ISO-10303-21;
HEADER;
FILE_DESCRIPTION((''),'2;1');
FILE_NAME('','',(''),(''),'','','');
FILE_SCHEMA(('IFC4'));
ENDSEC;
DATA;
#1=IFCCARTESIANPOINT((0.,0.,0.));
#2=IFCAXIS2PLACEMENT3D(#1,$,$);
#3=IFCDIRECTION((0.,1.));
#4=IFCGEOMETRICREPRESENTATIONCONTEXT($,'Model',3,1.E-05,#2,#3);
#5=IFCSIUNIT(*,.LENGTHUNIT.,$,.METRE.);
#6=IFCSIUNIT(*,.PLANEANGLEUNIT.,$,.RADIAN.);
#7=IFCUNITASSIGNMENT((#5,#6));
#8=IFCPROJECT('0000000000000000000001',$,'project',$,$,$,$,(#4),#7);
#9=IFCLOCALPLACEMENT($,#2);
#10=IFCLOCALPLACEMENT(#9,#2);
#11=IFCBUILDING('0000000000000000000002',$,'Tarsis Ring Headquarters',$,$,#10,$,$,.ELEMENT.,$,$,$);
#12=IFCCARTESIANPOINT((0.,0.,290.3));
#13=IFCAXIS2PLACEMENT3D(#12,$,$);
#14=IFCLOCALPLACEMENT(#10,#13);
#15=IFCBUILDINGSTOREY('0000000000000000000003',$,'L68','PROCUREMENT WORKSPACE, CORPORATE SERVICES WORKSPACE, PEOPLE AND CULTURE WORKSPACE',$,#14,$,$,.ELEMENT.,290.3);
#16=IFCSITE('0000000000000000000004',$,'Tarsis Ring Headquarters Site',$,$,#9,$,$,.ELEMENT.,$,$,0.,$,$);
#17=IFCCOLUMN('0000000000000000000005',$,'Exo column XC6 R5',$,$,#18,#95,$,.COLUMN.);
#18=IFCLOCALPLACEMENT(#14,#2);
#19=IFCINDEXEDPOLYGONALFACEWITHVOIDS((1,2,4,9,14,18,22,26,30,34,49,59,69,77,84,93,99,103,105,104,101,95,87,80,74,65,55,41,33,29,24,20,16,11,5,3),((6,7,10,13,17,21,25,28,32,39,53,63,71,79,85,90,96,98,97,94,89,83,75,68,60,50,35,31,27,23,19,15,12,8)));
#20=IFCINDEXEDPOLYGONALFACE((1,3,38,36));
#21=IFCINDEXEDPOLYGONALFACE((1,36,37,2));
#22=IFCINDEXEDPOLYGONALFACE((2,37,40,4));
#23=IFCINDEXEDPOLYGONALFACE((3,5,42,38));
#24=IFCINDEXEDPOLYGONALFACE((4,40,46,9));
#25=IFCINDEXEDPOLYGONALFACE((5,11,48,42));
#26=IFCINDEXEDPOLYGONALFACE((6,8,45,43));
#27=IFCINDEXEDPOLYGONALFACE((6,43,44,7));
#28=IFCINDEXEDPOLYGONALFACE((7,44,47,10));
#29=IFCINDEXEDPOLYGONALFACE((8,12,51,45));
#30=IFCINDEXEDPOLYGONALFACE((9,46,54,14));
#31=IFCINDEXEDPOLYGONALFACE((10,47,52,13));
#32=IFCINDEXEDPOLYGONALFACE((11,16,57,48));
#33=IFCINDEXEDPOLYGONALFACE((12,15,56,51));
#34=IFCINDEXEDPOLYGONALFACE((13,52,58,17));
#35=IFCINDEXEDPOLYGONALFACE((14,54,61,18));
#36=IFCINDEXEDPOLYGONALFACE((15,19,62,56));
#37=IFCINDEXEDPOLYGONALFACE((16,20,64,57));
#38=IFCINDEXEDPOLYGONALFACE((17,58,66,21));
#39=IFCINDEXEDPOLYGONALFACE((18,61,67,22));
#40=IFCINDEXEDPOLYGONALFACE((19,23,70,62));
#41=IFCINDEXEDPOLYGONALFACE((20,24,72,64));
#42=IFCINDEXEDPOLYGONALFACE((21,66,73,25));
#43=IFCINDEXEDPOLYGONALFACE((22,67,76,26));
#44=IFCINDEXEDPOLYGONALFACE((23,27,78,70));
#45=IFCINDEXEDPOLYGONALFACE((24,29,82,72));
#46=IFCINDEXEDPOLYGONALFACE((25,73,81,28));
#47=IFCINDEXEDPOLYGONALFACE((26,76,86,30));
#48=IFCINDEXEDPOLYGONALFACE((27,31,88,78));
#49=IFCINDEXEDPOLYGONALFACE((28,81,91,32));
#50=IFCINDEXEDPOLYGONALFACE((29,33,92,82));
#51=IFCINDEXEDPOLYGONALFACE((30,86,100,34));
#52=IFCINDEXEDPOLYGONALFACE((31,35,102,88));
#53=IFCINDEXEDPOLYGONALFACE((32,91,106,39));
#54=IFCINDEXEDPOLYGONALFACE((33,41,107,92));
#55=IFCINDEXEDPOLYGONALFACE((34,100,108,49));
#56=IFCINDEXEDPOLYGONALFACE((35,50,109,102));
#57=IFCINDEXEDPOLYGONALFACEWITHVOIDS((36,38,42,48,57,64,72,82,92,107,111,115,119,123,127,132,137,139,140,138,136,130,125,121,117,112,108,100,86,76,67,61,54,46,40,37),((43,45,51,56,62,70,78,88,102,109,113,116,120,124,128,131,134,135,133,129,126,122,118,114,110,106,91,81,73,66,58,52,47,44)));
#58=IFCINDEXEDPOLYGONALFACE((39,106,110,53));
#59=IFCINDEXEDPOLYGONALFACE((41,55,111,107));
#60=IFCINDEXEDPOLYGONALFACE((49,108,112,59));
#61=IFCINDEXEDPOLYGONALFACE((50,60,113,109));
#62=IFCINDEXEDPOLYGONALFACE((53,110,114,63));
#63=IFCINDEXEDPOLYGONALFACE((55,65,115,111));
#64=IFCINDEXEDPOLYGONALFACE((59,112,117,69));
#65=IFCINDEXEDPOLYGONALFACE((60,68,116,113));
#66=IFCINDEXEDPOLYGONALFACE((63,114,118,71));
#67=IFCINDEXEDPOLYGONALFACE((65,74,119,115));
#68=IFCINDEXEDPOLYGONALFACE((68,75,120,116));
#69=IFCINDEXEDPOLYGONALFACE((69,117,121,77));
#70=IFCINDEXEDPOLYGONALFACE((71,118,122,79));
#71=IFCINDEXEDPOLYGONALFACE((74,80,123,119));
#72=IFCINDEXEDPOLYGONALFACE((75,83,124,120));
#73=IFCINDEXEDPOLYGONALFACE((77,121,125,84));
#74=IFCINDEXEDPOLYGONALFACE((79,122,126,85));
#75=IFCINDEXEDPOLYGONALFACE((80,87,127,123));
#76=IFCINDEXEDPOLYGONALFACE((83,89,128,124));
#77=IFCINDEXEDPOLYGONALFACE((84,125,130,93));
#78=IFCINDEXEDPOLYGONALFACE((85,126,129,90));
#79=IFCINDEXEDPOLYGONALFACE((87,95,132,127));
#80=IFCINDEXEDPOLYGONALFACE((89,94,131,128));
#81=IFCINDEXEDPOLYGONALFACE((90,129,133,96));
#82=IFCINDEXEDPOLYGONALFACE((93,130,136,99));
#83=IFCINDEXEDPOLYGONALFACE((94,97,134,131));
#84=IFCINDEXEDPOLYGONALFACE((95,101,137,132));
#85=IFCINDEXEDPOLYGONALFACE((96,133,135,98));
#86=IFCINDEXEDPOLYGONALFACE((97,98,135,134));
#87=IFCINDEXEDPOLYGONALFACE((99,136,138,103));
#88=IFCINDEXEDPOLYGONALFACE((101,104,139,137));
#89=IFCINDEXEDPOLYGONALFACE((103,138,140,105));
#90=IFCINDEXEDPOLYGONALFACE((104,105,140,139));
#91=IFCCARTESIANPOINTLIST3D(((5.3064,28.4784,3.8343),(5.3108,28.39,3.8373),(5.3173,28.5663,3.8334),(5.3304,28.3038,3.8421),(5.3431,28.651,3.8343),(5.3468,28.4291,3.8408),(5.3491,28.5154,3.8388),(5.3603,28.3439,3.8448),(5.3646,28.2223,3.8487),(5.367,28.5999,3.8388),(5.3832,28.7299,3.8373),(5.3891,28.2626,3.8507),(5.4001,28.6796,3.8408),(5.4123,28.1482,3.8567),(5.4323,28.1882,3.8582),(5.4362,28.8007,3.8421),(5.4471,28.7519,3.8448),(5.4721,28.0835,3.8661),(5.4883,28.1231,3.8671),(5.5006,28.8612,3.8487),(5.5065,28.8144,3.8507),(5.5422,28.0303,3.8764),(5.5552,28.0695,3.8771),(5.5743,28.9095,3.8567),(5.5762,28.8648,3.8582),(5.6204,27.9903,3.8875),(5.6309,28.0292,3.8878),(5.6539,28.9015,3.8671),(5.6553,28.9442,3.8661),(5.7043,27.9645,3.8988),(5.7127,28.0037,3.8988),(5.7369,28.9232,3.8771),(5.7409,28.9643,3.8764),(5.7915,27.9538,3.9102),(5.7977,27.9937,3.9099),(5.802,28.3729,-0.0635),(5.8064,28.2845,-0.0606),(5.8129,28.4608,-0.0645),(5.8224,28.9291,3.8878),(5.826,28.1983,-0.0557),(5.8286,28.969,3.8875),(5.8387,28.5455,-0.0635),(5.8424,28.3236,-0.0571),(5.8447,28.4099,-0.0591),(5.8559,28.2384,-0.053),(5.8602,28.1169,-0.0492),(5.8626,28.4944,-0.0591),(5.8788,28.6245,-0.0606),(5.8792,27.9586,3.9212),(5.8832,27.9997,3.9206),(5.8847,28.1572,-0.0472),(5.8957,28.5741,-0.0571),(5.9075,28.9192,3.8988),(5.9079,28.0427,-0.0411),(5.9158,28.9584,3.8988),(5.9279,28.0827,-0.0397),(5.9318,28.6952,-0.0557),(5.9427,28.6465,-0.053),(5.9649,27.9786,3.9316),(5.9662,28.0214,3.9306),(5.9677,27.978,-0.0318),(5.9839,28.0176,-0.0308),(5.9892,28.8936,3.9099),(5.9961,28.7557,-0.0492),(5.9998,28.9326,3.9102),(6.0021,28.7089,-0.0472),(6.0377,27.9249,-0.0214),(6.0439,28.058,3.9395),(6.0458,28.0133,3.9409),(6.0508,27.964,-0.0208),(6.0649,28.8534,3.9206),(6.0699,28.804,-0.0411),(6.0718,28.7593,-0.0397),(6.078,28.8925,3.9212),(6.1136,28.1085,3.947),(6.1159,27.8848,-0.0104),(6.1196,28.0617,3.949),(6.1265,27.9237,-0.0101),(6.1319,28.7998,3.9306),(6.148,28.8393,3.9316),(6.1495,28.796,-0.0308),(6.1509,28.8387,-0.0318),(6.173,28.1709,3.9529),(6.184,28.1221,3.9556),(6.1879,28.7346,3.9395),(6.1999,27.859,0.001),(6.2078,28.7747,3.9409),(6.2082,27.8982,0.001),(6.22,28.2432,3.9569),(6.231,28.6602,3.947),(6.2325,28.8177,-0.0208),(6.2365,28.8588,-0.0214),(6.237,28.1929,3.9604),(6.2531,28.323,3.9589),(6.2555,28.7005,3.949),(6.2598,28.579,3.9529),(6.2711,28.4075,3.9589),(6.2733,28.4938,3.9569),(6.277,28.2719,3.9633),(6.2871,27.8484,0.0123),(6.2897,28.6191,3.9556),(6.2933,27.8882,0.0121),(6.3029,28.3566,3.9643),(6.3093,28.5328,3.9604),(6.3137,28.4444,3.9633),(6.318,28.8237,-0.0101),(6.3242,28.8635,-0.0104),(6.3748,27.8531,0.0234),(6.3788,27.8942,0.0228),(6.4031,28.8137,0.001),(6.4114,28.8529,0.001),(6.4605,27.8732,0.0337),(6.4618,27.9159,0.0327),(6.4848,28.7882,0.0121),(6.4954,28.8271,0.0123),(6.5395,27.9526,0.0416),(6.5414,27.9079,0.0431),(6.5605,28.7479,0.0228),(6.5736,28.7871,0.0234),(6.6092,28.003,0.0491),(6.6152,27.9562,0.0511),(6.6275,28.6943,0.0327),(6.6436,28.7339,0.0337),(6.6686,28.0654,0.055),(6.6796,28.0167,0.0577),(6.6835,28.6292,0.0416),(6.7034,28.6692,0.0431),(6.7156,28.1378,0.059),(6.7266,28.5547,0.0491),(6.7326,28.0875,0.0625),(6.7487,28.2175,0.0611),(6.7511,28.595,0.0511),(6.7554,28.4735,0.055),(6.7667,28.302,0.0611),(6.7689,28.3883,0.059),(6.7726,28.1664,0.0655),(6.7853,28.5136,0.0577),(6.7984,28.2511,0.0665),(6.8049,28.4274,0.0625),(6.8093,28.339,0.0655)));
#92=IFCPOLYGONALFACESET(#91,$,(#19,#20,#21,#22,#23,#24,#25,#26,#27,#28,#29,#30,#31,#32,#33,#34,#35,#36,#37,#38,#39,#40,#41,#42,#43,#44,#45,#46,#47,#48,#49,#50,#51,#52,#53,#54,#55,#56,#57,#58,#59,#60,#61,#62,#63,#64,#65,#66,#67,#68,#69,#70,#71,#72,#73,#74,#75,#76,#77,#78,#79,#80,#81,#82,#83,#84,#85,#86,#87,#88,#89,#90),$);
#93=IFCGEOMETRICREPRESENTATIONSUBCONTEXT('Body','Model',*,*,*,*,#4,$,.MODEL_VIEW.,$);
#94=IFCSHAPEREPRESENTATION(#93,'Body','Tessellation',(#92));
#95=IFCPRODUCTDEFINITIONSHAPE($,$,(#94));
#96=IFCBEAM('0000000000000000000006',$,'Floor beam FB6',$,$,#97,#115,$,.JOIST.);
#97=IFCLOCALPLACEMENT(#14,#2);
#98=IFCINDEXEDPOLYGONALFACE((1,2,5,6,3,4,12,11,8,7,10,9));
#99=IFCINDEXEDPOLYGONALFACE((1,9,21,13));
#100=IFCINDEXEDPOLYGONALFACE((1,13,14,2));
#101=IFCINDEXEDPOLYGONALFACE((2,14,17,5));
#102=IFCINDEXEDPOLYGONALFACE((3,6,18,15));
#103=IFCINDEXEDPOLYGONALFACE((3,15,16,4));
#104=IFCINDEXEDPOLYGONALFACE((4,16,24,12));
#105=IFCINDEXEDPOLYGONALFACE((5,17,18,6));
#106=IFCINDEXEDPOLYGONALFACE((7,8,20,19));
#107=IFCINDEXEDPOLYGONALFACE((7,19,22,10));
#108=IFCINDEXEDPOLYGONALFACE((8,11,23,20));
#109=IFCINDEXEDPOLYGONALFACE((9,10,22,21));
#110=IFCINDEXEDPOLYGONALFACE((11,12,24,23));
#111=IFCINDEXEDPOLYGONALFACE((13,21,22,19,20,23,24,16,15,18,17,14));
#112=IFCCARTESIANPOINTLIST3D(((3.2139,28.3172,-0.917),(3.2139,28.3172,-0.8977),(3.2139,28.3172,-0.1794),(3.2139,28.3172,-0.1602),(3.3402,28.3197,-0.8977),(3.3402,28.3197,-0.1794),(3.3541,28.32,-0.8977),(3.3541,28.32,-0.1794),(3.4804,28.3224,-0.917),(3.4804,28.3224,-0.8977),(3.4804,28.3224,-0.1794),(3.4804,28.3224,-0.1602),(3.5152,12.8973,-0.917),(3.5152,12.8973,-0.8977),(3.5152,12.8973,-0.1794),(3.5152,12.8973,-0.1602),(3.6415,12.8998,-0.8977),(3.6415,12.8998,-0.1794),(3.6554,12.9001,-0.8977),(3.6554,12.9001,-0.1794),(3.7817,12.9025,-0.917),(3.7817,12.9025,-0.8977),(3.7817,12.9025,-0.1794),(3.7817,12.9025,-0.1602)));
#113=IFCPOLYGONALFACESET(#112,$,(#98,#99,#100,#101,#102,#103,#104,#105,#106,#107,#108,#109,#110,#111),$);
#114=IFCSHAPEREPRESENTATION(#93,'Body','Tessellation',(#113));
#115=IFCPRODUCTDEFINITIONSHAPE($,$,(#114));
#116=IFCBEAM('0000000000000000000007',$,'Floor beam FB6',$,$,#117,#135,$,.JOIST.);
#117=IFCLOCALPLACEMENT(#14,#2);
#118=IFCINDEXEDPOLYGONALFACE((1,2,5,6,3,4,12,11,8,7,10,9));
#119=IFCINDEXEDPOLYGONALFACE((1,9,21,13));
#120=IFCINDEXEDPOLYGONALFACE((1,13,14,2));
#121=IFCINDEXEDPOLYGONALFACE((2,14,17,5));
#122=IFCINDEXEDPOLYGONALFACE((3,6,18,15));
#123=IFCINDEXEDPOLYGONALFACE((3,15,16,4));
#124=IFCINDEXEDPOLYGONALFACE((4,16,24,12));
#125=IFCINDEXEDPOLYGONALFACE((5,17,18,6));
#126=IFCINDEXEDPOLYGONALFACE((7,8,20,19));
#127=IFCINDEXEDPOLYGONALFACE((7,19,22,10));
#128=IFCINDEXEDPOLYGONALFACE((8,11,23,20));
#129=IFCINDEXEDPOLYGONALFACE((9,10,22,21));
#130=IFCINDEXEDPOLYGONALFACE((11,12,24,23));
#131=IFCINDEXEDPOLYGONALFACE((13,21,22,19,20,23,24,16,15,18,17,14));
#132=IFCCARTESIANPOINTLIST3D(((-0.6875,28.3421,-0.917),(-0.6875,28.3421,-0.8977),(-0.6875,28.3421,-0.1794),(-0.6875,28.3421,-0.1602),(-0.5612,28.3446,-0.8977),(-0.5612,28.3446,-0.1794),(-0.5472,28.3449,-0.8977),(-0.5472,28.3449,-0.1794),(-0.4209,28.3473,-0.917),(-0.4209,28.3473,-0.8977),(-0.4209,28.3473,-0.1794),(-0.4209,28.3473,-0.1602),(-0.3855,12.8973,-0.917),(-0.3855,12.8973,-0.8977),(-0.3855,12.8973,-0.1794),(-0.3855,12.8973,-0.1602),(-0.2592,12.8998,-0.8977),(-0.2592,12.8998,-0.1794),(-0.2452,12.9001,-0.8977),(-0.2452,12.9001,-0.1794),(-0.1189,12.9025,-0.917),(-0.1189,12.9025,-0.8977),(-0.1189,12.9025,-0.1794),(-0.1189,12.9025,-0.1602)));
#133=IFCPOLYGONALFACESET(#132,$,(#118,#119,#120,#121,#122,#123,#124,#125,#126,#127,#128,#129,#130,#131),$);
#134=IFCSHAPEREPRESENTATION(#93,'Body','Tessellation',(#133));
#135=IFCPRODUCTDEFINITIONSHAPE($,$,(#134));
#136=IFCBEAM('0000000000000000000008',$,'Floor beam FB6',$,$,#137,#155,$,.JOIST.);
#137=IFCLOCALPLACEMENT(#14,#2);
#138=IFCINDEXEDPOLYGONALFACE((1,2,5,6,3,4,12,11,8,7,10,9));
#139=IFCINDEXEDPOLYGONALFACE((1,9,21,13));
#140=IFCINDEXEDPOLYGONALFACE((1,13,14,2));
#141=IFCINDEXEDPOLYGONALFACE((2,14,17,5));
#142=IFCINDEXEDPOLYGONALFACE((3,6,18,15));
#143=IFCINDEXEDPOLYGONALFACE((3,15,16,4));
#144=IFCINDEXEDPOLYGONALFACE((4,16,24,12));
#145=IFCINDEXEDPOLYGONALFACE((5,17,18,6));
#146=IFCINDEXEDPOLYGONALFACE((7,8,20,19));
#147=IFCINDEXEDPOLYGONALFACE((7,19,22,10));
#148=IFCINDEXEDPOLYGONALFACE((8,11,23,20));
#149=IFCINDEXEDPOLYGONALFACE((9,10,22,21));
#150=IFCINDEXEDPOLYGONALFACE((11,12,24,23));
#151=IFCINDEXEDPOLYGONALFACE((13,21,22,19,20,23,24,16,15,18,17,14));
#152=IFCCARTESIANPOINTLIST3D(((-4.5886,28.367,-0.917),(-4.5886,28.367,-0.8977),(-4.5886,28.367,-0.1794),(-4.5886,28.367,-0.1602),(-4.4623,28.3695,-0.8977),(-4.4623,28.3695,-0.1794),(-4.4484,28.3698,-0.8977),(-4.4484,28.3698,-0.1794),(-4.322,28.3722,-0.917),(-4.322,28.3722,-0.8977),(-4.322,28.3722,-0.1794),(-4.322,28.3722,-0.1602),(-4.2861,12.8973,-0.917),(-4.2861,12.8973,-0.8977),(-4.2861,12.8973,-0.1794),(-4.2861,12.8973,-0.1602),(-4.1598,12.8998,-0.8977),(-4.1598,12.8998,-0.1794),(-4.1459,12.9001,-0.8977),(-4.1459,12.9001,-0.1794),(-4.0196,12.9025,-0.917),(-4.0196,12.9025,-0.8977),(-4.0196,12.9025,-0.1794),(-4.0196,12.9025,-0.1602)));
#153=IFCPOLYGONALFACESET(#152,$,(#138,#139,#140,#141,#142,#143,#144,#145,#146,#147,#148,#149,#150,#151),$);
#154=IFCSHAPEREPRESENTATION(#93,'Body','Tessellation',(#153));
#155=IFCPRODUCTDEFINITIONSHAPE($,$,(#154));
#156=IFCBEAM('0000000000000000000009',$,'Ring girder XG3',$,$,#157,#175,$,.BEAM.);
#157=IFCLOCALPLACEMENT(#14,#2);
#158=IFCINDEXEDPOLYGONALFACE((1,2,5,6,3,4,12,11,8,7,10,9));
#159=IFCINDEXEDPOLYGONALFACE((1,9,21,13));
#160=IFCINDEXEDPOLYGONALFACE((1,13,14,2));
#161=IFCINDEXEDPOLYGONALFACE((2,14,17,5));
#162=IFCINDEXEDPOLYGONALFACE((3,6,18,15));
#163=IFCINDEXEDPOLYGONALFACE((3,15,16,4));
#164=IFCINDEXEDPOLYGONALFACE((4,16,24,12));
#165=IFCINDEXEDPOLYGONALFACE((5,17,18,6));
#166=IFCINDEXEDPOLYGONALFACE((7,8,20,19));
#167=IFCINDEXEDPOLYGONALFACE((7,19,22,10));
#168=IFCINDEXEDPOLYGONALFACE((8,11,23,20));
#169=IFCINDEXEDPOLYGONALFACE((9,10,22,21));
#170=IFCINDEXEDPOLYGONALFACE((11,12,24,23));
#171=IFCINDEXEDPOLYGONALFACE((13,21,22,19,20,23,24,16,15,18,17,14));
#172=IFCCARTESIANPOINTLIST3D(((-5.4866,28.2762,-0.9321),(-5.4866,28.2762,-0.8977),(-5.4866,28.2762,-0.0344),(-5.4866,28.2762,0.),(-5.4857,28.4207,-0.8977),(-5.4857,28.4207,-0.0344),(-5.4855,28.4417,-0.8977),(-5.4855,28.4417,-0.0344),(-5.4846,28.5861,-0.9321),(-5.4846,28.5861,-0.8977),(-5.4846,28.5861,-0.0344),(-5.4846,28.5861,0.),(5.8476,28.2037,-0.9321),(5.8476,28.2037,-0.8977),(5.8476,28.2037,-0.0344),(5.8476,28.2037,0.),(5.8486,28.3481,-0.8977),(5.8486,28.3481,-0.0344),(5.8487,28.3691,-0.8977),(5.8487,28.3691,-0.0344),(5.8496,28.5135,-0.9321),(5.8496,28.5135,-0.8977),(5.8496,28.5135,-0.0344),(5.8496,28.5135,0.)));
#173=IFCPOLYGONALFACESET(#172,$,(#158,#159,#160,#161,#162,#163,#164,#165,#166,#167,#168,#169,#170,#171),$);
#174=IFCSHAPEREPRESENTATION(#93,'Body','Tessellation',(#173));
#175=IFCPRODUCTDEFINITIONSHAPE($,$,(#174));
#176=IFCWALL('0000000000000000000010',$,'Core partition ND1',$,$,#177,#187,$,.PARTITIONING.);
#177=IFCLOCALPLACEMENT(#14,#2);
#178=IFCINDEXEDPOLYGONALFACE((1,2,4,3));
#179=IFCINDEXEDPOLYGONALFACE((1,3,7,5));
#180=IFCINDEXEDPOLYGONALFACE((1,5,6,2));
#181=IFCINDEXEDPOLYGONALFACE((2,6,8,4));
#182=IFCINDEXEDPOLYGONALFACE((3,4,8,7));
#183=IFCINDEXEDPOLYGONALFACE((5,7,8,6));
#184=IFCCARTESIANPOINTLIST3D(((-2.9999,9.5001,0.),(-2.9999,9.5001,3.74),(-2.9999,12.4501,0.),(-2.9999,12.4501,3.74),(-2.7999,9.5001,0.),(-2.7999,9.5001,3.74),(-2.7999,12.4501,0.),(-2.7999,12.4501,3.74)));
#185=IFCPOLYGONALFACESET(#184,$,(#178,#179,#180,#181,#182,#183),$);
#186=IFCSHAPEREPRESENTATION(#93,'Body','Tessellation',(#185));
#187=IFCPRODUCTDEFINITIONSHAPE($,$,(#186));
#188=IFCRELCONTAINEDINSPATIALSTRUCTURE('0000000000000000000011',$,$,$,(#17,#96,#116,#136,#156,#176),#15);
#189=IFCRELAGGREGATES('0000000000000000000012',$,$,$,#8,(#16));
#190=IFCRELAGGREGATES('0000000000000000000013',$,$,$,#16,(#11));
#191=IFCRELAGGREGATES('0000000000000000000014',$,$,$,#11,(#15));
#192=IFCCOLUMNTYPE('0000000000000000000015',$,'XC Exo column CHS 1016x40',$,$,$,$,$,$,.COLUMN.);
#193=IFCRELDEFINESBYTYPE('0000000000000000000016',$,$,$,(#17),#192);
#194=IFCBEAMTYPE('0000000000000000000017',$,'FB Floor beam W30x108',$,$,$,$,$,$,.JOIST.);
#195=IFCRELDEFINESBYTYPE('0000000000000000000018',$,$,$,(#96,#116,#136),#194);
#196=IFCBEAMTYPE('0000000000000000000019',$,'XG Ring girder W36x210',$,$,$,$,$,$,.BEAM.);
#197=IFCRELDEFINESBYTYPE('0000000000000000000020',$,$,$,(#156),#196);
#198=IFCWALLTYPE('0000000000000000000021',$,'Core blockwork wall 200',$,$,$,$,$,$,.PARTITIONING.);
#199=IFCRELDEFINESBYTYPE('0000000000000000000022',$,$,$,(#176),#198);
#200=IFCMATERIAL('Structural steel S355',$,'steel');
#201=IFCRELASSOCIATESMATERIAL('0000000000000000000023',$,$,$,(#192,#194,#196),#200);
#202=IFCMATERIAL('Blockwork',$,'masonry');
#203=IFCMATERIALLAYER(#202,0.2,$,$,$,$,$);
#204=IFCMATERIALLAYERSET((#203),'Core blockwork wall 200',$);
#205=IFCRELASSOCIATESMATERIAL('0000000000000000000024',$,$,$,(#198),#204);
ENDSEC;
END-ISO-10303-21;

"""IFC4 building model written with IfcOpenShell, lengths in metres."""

from ifc_helpers import new_model, si_unit, direction, frame, frame_2d, origin, origin_2d, place, context, subcontext, project, spatial, rectangle, hollow_circle, i_section, extrude, material, layer, layer_set, material_profile, profile_set, type_object, element, save


model = new_model("IFC4")

# Units and contexts
model_context = context("Model", 3, precision=1e-05, world=origin(), true_north=direction((0.0, 1.0)))
body_context = subcontext(model_context, "Body", "Model", "MODEL_VIEW")
ifc_project = project(units=[si_unit("LENGTHUNIT", "METRE"), si_unit("PLANEANGLEUNIT", "RADIAN")], contexts=[model_context])

# Site, building, storey
site_placement = place(None, origin())
site = spatial("IfcSite", under=ifc_project, at=site_placement, Name="Tarsis Ring Headquarters Site", CompositionType="ELEMENT", RefElevation=0.0)
building_placement = place(site_placement, origin())
building = spatial("IfcBuilding", under=site, at=building_placement, Name="Tarsis Ring Headquarters", CompositionType="ELEMENT")
storey_placement = place(building_placement, frame((0.0, 0.0, 290.3)))
storey = spatial("IfcBuildingStorey", under=building, at=storey_placement, Name="L68", Description="PROCUREMENT WORKSPACE, CORPORATE SERVICES WORKSPACE, PEOPLE AND CULTURE WORKSPACE", CompositionType="ELEMENT", Elevation=290.3)

# Column
ifc_material_1 = material(Name="Structural steel S355", Category="steel")
ifc_material_profile_1 = material_profile(ifc_material_1, hollow_circle(Radius=0.5081, WallThickness=0.04, at=origin_2d()), Name="CHS 1016x40")
ifc_profile_set_1 = profile_set([ifc_material_profile_1], Name="Structural steel S355")
column_type = type_object("IfcColumnType", Name="XC Exo column CHS 1016x40", PredefinedType="COLUMN", material=ifc_profile_set_1)
column_placement = place(storey_placement, frame((6.3057, 28.356, 0.001), z_axis=(-0.126084, 0.026832, 0.991657), x_axis=(-0.208147, -0.978098, 0.0)))
element("IfcColumn", 1, at=column_placement, inside=storey, type_object=column_type, Name="Exo column XC6 R5", PredefinedType="COLUMN", context=body_context, shape_type="SweptSolid", body=[
    extrude(hollow_circle(Radius=0.5081, WallThickness=0.04, at=origin_2d()), origin(), (0.0, 0.0, 1.0), 3.9307),
])

# Beams
ifc_material_profile_2 = material_profile(ifc_material_1, i_section(OverallWidth=0.2666, OverallDepth=0.7568, WebThickness=0.0139, FlangeThickness=0.0193, at=origin_2d()), Name="W30x108")
ifc_profile_set_2 = profile_set([ifc_material_profile_2], Name="Structural steel S355")
beam_type_1 = type_object("IfcBeamType", Name="FB Floor beam W30x108", PredefinedType="JOIST", material=ifc_profile_set_2)
beam_1_placement = place(storey_placement, frame((3.3472, 28.3198, -0.5386), z_axis=(0.019534, -0.999809, 0.0), x_axis=(0.999809, 0.019534, 0.0)))
element("IfcBeam", 2, at=beam_1_placement, inside=storey, type_object=beam_type_1, Name="Floor beam FB6", PredefinedType="JOIST", context=body_context, shape_type="SweptSolid", body=[
    extrude(i_section(OverallWidth=0.2666, OverallDepth=0.7568, WebThickness=0.0139, FlangeThickness=0.0193, at=origin_2d()), origin(), (0.0, 0.0, 1.0), 15.4229),
])
beam_2_placement = place(storey_placement, frame((-0.5542, 28.3447, -0.5386), z_axis=(0.01955, -0.999809, 0.0), x_axis=(0.999809, 0.01955, 0.0)))
element("IfcBeam", 3, at=beam_2_placement, inside=storey, type_object=beam_type_1, Name="Floor beam FB6", PredefinedType="JOIST", context=body_context, shape_type="SweptSolid", body=[
    extrude(i_section(OverallWidth=0.2666, OverallDepth=0.7568, WebThickness=0.0139, FlangeThickness=0.0193, at=origin_2d()), origin(), (0.0, 0.0, 1.0), 15.4478),
])
beam_3_placement = place(storey_placement, frame((-4.4553, 28.3696, -0.5386), z_axis=(0.01955, -0.999809, 0.0), x_axis=(0.999809, 0.01955, 0.0)))
element("IfcBeam", 4, at=beam_3_placement, inside=storey, type_object=beam_type_1, Name="Floor beam FB6", PredefinedType="JOIST", context=body_context, shape_type="SweptSolid", body=[
    extrude(i_section(OverallWidth=0.2666, OverallDepth=0.7568, WebThickness=0.0139, FlangeThickness=0.0193, at=origin_2d()), origin(), (0.0, 0.0, 1.0), 15.4727),
])
ifc_material_profile_3 = material_profile(ifc_material_1, i_section(OverallWidth=0.3098, OverallDepth=0.9321, WebThickness=0.021, FlangeThickness=0.0344, at=origin_2d()), Name="W36x210")
ifc_profile_set_3 = profile_set([ifc_material_profile_3], Name="Structural steel S355")
beam_type_2 = type_object("IfcBeamType", Name="XG Ring girder W36x210", PredefinedType="BEAM", material=ifc_profile_set_3)
beam_4_placement = place(storey_placement, frame((5.8486, 28.3586, -0.4661), z_axis=(-0.99998, 0.006397, 0.0), x_axis=(-0.006397, -0.99998, 0.0)))
element("IfcBeam", 5, at=beam_4_placement, inside=storey, type_object=beam_type_2, Name="Ring girder XG3", PredefinedType="BEAM", context=body_context, shape_type="SweptSolid", body=[
    extrude(i_section(OverallWidth=0.3098, OverallDepth=0.9321, WebThickness=0.021, FlangeThickness=0.0344, at=origin_2d()), origin(), (0.0, 0.0, 1.0), 11.3345),
])

# Wall
ifc_material_2 = material(Name="Blockwork", Category="masonry")
ifc_layer_1 = layer(ifc_material_2, 0.2)
ifc_layer_set_1 = layer_set([ifc_layer_1], Name="Core blockwork wall 200")
wall_type_1 = type_object("IfcWallType", Name="Core blockwork wall 200", PredefinedType="PARTITIONING", material=ifc_layer_set_1)
for number, where, z_axis, x_axis, name in (
    (6, (-2.8999, 9.5, 0.0), (0.0, 0.0, 1.0), (0.0, 1.0, 0.0), "Core partition ND1"),
):
    element("IfcWall", number, at=place(storey_placement, frame(where, z_axis=z_axis, x_axis=x_axis)), inside=storey, type_object=wall_type_1, Name=name, PredefinedType="PARTITIONING", context=body_context, shape_type="SweptSolid", body=[
        extrude(rectangle(XDim=2.95, YDim=0.2, at=frame_2d((1.4751, 0.0))), origin(), (0.0, 0.0, 1.0), 3.74),
    ])

save(model, "model.ifc")
